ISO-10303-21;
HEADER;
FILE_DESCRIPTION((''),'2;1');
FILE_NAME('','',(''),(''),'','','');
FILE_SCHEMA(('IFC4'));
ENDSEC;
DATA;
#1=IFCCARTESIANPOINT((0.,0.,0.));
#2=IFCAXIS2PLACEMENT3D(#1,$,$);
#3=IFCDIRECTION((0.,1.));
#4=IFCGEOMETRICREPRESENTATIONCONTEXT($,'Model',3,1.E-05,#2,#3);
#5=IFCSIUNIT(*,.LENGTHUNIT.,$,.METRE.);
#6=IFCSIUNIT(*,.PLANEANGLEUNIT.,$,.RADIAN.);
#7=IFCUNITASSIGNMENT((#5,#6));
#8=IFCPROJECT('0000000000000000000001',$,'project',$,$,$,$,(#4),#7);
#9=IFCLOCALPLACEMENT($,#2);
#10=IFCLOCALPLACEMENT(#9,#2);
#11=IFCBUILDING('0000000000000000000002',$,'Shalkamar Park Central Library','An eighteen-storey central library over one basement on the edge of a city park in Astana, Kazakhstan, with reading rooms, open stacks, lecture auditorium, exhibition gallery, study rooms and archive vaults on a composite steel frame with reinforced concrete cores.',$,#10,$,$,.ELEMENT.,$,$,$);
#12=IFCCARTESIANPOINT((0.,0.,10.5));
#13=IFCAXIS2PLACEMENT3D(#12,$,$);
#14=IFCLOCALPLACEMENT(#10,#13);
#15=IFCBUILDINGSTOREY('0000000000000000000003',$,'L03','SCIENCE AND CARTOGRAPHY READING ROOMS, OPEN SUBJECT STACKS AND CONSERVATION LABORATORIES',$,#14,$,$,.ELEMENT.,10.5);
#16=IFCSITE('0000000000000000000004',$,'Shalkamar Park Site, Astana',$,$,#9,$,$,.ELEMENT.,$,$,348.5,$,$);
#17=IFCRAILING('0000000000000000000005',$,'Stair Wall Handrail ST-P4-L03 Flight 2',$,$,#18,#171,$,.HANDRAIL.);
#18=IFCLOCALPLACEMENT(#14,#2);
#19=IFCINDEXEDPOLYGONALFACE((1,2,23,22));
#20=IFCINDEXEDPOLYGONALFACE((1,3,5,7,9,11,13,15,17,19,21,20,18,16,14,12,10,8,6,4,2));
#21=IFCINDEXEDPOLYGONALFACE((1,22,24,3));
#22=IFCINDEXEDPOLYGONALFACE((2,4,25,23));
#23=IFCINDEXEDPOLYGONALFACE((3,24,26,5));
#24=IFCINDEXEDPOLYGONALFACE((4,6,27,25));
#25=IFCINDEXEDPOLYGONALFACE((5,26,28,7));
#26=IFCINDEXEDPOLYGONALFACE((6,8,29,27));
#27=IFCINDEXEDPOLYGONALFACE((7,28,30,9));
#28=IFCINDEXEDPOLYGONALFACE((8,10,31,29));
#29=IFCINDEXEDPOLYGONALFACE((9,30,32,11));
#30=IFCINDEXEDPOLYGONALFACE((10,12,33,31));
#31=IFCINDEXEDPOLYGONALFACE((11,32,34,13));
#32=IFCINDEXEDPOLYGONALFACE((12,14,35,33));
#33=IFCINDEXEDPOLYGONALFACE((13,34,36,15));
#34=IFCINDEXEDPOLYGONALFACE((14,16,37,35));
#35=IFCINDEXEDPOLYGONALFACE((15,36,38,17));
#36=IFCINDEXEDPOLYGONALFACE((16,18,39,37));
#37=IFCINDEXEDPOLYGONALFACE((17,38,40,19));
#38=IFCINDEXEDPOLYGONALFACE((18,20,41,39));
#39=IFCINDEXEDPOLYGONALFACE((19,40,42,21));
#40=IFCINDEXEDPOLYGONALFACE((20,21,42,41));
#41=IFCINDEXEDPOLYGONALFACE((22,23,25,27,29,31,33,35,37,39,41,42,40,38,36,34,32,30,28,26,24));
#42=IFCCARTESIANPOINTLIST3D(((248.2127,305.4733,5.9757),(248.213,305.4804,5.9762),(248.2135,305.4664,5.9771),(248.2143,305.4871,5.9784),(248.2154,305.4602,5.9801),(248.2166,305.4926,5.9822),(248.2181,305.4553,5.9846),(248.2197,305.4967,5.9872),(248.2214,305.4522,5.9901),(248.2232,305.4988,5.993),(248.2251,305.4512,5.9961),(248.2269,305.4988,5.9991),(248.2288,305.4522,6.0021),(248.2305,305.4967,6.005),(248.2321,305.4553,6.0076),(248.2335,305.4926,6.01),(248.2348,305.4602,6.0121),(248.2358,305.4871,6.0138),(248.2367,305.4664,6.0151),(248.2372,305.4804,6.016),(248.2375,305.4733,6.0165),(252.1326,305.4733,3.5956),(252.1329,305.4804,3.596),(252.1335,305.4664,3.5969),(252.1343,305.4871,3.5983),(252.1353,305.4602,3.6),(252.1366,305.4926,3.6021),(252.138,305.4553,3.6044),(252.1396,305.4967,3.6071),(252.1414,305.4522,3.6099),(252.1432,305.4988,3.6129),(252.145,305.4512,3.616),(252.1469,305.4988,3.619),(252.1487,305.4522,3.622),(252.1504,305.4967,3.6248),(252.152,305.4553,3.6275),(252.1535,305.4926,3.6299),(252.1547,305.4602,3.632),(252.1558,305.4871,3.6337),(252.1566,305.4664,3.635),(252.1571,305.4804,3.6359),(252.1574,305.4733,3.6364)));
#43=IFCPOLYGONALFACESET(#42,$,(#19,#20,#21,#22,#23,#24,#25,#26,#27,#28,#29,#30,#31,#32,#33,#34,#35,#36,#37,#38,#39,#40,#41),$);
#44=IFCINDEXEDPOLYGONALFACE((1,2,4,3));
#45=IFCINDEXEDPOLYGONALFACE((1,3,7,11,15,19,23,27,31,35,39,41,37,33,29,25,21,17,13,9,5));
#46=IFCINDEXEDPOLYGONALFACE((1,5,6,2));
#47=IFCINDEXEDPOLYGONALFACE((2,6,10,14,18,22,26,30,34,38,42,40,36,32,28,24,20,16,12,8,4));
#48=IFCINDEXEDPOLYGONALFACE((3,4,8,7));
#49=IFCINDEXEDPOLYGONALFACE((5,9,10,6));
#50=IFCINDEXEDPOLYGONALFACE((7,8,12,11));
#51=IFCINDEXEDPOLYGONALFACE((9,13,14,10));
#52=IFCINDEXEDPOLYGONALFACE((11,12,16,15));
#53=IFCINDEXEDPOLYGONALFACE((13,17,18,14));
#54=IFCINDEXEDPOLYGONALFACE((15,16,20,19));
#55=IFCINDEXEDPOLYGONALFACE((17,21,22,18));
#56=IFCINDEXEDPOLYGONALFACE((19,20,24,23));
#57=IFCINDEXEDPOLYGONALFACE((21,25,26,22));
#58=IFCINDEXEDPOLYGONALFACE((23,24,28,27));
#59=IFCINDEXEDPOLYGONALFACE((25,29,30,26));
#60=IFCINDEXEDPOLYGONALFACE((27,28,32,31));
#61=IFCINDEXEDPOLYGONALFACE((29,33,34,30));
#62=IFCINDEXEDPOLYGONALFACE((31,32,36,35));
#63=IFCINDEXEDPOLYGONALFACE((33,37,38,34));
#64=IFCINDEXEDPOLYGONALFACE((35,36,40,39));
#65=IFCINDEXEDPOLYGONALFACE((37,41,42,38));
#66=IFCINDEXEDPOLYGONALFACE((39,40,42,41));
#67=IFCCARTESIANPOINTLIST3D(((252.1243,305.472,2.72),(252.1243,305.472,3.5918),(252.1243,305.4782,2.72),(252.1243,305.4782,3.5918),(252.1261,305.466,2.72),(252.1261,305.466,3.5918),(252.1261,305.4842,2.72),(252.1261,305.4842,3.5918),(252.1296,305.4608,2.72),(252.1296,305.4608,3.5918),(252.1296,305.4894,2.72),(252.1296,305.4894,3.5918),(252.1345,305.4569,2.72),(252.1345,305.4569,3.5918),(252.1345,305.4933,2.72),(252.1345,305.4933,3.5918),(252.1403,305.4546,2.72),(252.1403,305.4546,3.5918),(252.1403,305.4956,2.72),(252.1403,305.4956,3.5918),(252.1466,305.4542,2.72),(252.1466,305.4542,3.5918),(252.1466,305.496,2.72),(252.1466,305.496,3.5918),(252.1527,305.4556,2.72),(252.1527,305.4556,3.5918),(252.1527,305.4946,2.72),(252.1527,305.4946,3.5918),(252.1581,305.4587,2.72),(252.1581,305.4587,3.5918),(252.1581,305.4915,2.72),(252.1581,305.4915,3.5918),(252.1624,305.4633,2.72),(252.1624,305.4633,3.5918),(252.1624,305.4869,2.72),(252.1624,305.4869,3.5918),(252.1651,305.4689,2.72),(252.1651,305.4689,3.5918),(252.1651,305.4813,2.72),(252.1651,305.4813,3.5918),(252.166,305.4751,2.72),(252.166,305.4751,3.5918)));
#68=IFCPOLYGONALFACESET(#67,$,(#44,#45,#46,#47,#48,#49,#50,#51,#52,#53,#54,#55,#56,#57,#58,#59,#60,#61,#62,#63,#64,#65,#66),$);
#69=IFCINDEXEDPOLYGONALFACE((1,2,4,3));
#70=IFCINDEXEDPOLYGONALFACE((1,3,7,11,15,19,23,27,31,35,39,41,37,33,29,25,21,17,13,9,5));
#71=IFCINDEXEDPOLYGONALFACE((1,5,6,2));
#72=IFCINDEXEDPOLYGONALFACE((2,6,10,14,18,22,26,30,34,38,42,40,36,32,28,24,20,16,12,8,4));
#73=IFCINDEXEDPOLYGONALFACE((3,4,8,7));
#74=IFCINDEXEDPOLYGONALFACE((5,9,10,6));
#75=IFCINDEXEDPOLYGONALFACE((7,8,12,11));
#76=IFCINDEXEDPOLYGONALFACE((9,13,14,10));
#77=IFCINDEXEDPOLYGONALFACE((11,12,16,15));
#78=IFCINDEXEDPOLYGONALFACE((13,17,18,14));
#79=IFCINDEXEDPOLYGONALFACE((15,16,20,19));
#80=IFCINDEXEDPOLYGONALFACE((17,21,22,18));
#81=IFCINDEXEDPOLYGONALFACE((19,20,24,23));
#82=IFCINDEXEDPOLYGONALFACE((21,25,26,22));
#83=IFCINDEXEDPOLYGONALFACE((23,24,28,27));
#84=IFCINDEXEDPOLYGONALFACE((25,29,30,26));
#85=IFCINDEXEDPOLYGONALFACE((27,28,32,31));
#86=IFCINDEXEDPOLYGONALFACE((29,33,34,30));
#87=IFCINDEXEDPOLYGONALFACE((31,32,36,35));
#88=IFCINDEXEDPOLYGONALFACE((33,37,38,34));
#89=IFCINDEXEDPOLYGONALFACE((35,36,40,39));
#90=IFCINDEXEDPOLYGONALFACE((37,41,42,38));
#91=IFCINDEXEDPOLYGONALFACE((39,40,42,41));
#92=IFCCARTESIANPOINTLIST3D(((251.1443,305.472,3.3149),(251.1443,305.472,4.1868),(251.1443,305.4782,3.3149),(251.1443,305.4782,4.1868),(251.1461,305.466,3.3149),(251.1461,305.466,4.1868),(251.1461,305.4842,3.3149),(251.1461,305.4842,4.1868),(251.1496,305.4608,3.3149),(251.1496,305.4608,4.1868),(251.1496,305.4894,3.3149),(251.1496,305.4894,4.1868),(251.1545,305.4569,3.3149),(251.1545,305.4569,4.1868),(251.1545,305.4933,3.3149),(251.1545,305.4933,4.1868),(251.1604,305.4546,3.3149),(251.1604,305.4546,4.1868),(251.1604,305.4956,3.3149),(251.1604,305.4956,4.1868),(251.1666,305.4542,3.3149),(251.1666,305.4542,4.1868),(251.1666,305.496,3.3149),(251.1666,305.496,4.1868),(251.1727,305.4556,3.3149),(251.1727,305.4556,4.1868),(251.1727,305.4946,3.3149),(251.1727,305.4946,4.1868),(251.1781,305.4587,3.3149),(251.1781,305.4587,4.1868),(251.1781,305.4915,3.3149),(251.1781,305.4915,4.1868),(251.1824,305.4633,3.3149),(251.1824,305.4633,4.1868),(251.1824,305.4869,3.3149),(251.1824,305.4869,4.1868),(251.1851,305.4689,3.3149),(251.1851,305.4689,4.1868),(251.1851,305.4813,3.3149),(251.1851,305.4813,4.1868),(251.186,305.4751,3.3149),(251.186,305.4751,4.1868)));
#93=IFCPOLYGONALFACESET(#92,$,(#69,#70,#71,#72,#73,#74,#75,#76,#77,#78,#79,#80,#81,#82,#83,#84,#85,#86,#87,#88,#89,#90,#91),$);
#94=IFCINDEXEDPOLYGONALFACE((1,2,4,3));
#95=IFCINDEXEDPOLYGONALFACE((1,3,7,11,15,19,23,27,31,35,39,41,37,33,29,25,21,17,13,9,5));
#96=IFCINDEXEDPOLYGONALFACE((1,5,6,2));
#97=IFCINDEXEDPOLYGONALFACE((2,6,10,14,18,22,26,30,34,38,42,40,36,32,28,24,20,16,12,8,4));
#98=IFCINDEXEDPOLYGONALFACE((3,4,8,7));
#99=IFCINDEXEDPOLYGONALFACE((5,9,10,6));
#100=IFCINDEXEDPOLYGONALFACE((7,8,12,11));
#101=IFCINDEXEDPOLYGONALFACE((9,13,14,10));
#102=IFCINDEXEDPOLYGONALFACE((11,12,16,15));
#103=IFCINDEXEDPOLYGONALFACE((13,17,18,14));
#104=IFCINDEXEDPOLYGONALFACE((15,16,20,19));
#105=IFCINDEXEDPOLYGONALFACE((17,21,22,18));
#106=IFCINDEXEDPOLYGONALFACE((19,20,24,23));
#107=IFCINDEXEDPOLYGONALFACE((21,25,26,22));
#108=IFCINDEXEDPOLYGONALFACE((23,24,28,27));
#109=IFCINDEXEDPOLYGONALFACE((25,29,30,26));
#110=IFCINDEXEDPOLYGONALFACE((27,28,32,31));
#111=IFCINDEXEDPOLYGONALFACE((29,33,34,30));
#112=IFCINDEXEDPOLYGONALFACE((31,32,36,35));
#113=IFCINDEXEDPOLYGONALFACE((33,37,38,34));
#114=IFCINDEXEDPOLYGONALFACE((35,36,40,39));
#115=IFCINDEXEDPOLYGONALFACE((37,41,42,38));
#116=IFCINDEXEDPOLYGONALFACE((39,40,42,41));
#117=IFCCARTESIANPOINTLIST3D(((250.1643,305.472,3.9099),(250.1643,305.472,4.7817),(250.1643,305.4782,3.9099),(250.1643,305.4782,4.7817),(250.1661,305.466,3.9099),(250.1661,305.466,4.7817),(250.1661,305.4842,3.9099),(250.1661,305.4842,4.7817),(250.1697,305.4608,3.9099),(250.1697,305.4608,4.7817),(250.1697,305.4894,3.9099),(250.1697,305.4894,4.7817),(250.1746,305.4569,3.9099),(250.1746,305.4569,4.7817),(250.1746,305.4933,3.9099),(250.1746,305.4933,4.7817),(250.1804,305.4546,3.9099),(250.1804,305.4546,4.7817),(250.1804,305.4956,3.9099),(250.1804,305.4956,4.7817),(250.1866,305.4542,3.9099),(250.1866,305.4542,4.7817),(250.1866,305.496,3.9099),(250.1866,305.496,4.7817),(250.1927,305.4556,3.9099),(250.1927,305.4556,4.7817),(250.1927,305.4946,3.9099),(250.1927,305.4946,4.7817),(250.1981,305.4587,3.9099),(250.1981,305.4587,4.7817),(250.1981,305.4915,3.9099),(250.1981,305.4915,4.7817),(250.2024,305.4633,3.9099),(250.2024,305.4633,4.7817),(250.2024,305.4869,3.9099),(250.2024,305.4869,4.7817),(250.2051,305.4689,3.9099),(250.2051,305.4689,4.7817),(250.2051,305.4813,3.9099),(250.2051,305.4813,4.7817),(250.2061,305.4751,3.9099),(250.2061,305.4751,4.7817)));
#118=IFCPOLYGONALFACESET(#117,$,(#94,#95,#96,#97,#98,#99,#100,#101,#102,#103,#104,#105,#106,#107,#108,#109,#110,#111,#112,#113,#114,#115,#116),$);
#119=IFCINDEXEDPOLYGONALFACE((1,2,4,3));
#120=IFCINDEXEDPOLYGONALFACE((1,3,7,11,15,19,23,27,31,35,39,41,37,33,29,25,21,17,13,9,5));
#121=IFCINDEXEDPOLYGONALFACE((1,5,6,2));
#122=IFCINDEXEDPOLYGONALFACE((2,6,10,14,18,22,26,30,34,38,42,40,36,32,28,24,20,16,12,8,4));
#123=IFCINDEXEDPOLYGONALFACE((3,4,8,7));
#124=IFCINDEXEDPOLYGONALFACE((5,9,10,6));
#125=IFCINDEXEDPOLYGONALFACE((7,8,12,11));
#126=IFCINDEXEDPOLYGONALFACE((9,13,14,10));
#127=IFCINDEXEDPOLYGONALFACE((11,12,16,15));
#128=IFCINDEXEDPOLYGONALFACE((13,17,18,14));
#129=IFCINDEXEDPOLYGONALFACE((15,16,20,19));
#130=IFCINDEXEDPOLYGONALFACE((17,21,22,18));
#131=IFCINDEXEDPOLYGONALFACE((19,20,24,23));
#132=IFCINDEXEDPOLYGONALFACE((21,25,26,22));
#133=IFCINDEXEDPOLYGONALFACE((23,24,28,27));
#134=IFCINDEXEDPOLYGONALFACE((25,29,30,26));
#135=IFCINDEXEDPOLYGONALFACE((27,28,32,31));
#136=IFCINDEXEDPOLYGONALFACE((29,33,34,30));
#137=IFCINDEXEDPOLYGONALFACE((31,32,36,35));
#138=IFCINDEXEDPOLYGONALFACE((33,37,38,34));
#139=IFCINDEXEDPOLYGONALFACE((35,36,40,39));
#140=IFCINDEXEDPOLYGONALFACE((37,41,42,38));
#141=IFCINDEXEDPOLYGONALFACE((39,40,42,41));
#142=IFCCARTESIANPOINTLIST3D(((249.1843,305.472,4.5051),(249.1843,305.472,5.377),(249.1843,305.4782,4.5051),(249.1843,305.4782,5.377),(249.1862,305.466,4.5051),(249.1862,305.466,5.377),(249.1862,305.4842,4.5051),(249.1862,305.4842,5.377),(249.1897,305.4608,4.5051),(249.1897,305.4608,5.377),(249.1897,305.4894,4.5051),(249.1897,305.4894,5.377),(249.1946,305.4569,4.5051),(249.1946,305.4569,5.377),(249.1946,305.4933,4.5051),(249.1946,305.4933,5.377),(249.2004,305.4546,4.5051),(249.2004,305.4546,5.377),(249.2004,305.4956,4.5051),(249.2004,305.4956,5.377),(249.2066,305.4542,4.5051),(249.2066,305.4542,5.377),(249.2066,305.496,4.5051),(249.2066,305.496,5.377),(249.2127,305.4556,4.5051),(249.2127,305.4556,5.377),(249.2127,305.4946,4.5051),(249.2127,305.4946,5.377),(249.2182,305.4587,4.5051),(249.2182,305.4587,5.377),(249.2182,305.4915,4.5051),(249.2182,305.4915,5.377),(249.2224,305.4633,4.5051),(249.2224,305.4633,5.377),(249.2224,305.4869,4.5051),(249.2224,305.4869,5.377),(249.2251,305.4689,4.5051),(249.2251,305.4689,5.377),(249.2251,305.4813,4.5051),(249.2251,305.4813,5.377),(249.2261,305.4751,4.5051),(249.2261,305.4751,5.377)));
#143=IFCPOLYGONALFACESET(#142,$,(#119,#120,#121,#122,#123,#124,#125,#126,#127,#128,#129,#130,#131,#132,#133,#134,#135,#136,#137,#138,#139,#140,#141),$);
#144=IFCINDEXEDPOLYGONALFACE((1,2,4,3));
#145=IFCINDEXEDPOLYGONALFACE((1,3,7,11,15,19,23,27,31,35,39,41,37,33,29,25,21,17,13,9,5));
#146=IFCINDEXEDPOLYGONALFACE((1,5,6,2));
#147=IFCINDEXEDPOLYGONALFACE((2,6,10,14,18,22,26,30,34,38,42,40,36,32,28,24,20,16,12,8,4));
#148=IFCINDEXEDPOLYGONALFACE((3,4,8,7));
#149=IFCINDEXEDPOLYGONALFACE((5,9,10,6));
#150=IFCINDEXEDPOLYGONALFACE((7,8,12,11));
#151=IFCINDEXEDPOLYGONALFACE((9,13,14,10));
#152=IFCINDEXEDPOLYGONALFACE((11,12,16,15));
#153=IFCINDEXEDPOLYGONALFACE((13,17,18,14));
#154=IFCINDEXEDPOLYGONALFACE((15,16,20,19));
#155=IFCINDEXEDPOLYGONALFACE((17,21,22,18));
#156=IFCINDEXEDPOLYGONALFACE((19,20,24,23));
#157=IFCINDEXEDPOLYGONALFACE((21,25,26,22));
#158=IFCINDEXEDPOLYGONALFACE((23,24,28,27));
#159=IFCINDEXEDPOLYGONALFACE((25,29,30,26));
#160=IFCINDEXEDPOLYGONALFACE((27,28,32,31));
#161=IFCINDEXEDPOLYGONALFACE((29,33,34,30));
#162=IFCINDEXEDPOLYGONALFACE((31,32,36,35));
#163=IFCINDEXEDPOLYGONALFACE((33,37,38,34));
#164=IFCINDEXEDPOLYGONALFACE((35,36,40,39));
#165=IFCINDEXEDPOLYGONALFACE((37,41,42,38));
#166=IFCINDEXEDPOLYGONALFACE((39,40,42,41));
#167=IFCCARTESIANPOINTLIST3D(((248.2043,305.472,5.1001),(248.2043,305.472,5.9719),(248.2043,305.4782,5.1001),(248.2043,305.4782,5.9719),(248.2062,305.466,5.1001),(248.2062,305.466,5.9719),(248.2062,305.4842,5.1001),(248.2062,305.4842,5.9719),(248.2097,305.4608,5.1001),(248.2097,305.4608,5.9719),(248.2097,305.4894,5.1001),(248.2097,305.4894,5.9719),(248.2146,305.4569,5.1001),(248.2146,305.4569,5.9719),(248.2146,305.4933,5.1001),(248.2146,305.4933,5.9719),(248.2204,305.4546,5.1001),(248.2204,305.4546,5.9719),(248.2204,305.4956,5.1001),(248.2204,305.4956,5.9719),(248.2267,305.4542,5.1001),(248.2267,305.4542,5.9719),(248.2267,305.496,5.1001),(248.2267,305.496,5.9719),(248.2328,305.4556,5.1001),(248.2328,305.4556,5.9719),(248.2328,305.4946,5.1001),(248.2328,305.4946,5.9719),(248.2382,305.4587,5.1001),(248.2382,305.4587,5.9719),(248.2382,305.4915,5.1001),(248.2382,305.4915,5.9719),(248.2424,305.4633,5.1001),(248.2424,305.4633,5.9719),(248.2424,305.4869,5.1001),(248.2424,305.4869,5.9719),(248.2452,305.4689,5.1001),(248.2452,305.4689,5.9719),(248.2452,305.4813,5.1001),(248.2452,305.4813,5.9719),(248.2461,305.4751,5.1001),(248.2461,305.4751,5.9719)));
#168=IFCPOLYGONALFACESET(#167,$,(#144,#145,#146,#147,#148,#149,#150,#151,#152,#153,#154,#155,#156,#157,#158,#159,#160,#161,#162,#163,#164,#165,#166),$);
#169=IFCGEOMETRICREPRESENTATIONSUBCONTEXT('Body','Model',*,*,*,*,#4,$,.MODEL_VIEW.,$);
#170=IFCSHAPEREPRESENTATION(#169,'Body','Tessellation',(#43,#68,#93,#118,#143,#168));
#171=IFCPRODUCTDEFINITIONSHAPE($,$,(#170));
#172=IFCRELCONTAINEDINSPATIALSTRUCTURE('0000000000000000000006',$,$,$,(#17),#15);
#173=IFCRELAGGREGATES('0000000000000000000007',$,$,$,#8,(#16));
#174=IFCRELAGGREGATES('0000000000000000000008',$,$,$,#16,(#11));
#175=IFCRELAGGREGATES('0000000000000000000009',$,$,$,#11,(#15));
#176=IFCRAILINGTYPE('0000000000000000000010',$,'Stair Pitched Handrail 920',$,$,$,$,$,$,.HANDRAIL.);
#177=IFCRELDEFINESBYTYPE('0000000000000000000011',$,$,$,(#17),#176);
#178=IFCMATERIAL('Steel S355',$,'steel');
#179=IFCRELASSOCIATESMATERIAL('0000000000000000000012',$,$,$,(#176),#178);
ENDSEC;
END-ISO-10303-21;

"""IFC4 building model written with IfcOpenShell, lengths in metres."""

from ifc_helpers import new_model, si_unit, direction, frame, origin, origin_2d, place, context, subcontext, project, spatial, circle, extrude, material, type_object, element, save


model = new_model("IFC4")

# Units and contexts
model_context = context("Model", 3, precision=1e-05, world=origin(), true_north=direction((0.0, 1.0)))
body_context = subcontext(model_context, "Body", "Model", "MODEL_VIEW")
ifc_project = project(units=[si_unit("LENGTHUNIT", "METRE"), si_unit("PLANEANGLEUNIT", "RADIAN")], contexts=[model_context])

# Site, building, storey
site_placement = place(None, origin())
site = spatial("IfcSite", under=ifc_project, at=site_placement, Name="Shalkamar Park Site, Astana", CompositionType="ELEMENT", RefElevation=348.5)
building_placement = place(site_placement, origin())
building = spatial("IfcBuilding", under=site, at=building_placement, Name="Shalkamar Park Central Library", Description="An eighteen-storey central library over one basement on the edge of a city park in Astana, Kazakhstan, with reading rooms, open stacks, lecture auditorium, exhibition gallery, study rooms and archive vaults on a composite steel frame with reinforced concrete cores.", CompositionType="ELEMENT")
storey_placement = place(building_placement, frame((0.0, 0.0, 10.5)))
storey = spatial("IfcBuildingStorey", under=building, at=storey_placement, Name="L03", Description="SCIENCE AND CARTOGRAPHY READING ROOMS, OPEN SUBJECT STACKS AND CONSERVATION LABORATORIES", CompositionType="ELEMENT", Elevation=10.5)

# Shared definitions
ifc_material_1 = material(Name="Steel S355", Category="steel")

# Railing
railing_type_1 = type_object("IfcRailingType", Name="Stair Pitched Handrail 920", PredefinedType="HANDRAIL", material=ifc_material_1)
railing_1_placement = place(storey_placement, frame((252.145, 305.4751, 2.72)))
element("IfcRailing", 1, at=railing_1_placement, inside=storey, type_object=railing_type_1, Name="Stair Wall Handrail ST-P4-L03 Flight 2", PredefinedType="HANDRAIL", context=body_context, shape_type="SweptSolid", body=[
    extrude(circle(Radius=0.0239, at=origin_2d()), frame((0.0, 0.0, 0.896), z_axis=(-0.854771, 0.0, 0.519006), x_axis=(0.0, -1.0, 0.0)), (0.0, 0.0, 1.0), 4.5859),
    extrude(circle(Radius=0.021, at=origin_2d()), origin(), (0.0, 0.0, 1.0), 0.8718),
    extrude(circle(Radius=0.021, at=origin_2d()), frame((-0.98, 0.0, 0.595)), (0.0, 0.0, 1.0), 0.8718),
    extrude(circle(Radius=0.021, at=origin_2d()), frame((-1.96, 0.0, 1.1899)), (0.0, 0.0, 1.0), 0.8718),
    extrude(circle(Radius=0.021, at=origin_2d()), frame((-2.9399, 0.0, 1.7852)), (0.0, 0.0, 1.0), 0.8718),
    extrude(circle(Radius=0.021, at=origin_2d()), frame((-3.9199, 0.0, 2.3801)), (0.0, 0.0, 1.0), 0.8718),
])

save(model, "model.ifc")
